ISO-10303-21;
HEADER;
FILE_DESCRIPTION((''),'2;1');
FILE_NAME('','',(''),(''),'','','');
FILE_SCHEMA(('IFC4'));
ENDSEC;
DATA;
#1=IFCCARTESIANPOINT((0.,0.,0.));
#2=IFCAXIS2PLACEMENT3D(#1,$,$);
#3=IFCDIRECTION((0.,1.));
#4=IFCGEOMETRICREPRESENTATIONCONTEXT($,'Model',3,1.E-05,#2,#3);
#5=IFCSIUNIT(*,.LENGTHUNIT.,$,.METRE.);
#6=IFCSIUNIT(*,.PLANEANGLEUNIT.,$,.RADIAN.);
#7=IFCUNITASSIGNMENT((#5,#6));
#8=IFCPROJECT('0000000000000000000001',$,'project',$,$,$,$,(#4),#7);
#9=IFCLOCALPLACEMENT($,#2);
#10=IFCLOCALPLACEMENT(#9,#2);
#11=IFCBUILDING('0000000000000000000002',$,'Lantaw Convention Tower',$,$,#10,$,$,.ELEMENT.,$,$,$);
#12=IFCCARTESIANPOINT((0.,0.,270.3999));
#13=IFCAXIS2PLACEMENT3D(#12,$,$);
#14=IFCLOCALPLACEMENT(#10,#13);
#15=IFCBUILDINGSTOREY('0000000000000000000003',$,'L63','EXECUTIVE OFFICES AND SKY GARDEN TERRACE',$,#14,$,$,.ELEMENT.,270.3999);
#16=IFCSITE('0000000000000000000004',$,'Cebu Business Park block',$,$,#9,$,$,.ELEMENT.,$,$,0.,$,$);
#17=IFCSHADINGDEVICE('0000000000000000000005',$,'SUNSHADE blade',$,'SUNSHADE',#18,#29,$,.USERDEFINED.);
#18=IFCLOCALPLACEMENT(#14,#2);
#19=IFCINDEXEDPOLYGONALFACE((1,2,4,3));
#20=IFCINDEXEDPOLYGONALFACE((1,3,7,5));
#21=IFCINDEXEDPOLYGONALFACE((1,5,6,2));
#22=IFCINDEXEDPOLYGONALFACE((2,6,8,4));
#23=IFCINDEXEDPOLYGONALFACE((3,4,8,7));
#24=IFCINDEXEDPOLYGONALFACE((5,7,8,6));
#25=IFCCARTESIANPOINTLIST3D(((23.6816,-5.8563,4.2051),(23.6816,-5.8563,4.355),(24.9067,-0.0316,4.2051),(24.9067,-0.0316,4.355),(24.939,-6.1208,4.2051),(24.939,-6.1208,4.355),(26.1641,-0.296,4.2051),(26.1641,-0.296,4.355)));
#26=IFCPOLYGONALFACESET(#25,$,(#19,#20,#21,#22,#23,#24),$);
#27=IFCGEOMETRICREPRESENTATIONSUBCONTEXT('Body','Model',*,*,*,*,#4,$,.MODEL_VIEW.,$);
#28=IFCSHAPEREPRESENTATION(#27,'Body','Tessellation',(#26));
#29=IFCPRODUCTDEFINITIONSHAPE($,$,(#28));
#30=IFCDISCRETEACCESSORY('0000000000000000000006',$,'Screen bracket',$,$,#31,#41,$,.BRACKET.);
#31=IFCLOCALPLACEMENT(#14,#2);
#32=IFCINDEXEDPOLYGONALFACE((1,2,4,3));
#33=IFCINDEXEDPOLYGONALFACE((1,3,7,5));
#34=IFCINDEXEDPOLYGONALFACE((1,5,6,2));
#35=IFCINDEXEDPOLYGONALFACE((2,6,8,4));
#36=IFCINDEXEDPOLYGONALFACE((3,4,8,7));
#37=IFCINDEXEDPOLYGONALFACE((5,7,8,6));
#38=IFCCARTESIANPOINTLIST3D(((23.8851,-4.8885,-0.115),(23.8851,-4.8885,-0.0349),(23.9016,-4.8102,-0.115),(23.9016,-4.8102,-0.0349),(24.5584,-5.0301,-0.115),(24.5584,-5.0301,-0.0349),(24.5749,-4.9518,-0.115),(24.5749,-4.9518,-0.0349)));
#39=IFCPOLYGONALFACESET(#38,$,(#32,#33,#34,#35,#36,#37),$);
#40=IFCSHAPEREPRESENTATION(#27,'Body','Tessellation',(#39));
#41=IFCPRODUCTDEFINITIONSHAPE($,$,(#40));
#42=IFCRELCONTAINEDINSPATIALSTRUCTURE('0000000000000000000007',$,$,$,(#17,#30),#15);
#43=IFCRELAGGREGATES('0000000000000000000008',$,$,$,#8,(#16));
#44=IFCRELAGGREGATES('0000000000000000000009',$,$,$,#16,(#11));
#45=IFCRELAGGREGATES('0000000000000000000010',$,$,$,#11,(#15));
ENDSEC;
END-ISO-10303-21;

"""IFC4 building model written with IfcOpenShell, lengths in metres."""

from ifc_helpers import new_model, si_unit, direction, frame, origin, origin_2d, place, context, subcontext, project, spatial, rectangle, extrude, element, save


model = new_model("IFC4")

# Units and contexts
model_context = context("Model", 3, precision=1e-05, world=origin(), true_north=direction((0.0, 1.0)))
body_context = subcontext(model_context, "Body", "Model", "MODEL_VIEW")
ifc_project = project(units=[si_unit("LENGTHUNIT", "METRE"), si_unit("PLANEANGLEUNIT", "RADIAN")], contexts=[model_context])

# Site, building, storey
site_placement = place(None, origin())
site = spatial("IfcSite", under=ifc_project, at=site_placement, Name="Cebu Business Park block", CompositionType="ELEMENT", RefElevation=0.0)
building_placement = place(site_placement, origin())
building = spatial("IfcBuilding", under=site, at=building_placement, Name="Lantaw Convention Tower", CompositionType="ELEMENT")
storey_placement = place(building_placement, frame((0.0, 0.0, 270.3999)))
storey = spatial("IfcBuildingStorey", under=building, at=storey_placement, Name="L63", Description="EXECUTIVE OFFICES AND SKY GARDEN TERRACE", CompositionType="ELEMENT", Elevation=270.3999)

# Shading device
shading_device_1_placement = place(storey_placement, frame((24.9229, -3.0762, 4.2051), z_axis=(0.0, 0.0, 1.0), x_axis=(0.205814, 0.978591, 0.0)))
element("IfcShadingDevice", 1, at=shading_device_1_placement, inside=storey, Name="SUNSHADE blade", ObjectType="SUNSHADE", PredefinedType="USERDEFINED", context=body_context, shape_type="SweptSolid", body=[
    extrude(rectangle(XDim=5.9521, YDim=1.2849, at=origin_2d()), origin(), (0.0, 0.0, 1.0), 0.1499),
])

# Discrete accessory
discrete_accessory_placement = place(storey_placement, frame((24.23, -4.9202, -0.115), z_axis=(0.0, 0.0, 1.0), x_axis=(0.205814, 0.978591, 0.0)))
element("IfcDiscreteAccessory", 2, at=discrete_accessory_placement, inside=storey, Name="Screen bracket", PredefinedType="BRACKET", context=body_context, shape_type="SweptSolid", body=[
    extrude(rectangle(XDim=0.0801, YDim=0.688, at=origin_2d()), origin(), (0.0, 0.0, 1.0), 0.0801),
])

save(model, "model.ifc")
